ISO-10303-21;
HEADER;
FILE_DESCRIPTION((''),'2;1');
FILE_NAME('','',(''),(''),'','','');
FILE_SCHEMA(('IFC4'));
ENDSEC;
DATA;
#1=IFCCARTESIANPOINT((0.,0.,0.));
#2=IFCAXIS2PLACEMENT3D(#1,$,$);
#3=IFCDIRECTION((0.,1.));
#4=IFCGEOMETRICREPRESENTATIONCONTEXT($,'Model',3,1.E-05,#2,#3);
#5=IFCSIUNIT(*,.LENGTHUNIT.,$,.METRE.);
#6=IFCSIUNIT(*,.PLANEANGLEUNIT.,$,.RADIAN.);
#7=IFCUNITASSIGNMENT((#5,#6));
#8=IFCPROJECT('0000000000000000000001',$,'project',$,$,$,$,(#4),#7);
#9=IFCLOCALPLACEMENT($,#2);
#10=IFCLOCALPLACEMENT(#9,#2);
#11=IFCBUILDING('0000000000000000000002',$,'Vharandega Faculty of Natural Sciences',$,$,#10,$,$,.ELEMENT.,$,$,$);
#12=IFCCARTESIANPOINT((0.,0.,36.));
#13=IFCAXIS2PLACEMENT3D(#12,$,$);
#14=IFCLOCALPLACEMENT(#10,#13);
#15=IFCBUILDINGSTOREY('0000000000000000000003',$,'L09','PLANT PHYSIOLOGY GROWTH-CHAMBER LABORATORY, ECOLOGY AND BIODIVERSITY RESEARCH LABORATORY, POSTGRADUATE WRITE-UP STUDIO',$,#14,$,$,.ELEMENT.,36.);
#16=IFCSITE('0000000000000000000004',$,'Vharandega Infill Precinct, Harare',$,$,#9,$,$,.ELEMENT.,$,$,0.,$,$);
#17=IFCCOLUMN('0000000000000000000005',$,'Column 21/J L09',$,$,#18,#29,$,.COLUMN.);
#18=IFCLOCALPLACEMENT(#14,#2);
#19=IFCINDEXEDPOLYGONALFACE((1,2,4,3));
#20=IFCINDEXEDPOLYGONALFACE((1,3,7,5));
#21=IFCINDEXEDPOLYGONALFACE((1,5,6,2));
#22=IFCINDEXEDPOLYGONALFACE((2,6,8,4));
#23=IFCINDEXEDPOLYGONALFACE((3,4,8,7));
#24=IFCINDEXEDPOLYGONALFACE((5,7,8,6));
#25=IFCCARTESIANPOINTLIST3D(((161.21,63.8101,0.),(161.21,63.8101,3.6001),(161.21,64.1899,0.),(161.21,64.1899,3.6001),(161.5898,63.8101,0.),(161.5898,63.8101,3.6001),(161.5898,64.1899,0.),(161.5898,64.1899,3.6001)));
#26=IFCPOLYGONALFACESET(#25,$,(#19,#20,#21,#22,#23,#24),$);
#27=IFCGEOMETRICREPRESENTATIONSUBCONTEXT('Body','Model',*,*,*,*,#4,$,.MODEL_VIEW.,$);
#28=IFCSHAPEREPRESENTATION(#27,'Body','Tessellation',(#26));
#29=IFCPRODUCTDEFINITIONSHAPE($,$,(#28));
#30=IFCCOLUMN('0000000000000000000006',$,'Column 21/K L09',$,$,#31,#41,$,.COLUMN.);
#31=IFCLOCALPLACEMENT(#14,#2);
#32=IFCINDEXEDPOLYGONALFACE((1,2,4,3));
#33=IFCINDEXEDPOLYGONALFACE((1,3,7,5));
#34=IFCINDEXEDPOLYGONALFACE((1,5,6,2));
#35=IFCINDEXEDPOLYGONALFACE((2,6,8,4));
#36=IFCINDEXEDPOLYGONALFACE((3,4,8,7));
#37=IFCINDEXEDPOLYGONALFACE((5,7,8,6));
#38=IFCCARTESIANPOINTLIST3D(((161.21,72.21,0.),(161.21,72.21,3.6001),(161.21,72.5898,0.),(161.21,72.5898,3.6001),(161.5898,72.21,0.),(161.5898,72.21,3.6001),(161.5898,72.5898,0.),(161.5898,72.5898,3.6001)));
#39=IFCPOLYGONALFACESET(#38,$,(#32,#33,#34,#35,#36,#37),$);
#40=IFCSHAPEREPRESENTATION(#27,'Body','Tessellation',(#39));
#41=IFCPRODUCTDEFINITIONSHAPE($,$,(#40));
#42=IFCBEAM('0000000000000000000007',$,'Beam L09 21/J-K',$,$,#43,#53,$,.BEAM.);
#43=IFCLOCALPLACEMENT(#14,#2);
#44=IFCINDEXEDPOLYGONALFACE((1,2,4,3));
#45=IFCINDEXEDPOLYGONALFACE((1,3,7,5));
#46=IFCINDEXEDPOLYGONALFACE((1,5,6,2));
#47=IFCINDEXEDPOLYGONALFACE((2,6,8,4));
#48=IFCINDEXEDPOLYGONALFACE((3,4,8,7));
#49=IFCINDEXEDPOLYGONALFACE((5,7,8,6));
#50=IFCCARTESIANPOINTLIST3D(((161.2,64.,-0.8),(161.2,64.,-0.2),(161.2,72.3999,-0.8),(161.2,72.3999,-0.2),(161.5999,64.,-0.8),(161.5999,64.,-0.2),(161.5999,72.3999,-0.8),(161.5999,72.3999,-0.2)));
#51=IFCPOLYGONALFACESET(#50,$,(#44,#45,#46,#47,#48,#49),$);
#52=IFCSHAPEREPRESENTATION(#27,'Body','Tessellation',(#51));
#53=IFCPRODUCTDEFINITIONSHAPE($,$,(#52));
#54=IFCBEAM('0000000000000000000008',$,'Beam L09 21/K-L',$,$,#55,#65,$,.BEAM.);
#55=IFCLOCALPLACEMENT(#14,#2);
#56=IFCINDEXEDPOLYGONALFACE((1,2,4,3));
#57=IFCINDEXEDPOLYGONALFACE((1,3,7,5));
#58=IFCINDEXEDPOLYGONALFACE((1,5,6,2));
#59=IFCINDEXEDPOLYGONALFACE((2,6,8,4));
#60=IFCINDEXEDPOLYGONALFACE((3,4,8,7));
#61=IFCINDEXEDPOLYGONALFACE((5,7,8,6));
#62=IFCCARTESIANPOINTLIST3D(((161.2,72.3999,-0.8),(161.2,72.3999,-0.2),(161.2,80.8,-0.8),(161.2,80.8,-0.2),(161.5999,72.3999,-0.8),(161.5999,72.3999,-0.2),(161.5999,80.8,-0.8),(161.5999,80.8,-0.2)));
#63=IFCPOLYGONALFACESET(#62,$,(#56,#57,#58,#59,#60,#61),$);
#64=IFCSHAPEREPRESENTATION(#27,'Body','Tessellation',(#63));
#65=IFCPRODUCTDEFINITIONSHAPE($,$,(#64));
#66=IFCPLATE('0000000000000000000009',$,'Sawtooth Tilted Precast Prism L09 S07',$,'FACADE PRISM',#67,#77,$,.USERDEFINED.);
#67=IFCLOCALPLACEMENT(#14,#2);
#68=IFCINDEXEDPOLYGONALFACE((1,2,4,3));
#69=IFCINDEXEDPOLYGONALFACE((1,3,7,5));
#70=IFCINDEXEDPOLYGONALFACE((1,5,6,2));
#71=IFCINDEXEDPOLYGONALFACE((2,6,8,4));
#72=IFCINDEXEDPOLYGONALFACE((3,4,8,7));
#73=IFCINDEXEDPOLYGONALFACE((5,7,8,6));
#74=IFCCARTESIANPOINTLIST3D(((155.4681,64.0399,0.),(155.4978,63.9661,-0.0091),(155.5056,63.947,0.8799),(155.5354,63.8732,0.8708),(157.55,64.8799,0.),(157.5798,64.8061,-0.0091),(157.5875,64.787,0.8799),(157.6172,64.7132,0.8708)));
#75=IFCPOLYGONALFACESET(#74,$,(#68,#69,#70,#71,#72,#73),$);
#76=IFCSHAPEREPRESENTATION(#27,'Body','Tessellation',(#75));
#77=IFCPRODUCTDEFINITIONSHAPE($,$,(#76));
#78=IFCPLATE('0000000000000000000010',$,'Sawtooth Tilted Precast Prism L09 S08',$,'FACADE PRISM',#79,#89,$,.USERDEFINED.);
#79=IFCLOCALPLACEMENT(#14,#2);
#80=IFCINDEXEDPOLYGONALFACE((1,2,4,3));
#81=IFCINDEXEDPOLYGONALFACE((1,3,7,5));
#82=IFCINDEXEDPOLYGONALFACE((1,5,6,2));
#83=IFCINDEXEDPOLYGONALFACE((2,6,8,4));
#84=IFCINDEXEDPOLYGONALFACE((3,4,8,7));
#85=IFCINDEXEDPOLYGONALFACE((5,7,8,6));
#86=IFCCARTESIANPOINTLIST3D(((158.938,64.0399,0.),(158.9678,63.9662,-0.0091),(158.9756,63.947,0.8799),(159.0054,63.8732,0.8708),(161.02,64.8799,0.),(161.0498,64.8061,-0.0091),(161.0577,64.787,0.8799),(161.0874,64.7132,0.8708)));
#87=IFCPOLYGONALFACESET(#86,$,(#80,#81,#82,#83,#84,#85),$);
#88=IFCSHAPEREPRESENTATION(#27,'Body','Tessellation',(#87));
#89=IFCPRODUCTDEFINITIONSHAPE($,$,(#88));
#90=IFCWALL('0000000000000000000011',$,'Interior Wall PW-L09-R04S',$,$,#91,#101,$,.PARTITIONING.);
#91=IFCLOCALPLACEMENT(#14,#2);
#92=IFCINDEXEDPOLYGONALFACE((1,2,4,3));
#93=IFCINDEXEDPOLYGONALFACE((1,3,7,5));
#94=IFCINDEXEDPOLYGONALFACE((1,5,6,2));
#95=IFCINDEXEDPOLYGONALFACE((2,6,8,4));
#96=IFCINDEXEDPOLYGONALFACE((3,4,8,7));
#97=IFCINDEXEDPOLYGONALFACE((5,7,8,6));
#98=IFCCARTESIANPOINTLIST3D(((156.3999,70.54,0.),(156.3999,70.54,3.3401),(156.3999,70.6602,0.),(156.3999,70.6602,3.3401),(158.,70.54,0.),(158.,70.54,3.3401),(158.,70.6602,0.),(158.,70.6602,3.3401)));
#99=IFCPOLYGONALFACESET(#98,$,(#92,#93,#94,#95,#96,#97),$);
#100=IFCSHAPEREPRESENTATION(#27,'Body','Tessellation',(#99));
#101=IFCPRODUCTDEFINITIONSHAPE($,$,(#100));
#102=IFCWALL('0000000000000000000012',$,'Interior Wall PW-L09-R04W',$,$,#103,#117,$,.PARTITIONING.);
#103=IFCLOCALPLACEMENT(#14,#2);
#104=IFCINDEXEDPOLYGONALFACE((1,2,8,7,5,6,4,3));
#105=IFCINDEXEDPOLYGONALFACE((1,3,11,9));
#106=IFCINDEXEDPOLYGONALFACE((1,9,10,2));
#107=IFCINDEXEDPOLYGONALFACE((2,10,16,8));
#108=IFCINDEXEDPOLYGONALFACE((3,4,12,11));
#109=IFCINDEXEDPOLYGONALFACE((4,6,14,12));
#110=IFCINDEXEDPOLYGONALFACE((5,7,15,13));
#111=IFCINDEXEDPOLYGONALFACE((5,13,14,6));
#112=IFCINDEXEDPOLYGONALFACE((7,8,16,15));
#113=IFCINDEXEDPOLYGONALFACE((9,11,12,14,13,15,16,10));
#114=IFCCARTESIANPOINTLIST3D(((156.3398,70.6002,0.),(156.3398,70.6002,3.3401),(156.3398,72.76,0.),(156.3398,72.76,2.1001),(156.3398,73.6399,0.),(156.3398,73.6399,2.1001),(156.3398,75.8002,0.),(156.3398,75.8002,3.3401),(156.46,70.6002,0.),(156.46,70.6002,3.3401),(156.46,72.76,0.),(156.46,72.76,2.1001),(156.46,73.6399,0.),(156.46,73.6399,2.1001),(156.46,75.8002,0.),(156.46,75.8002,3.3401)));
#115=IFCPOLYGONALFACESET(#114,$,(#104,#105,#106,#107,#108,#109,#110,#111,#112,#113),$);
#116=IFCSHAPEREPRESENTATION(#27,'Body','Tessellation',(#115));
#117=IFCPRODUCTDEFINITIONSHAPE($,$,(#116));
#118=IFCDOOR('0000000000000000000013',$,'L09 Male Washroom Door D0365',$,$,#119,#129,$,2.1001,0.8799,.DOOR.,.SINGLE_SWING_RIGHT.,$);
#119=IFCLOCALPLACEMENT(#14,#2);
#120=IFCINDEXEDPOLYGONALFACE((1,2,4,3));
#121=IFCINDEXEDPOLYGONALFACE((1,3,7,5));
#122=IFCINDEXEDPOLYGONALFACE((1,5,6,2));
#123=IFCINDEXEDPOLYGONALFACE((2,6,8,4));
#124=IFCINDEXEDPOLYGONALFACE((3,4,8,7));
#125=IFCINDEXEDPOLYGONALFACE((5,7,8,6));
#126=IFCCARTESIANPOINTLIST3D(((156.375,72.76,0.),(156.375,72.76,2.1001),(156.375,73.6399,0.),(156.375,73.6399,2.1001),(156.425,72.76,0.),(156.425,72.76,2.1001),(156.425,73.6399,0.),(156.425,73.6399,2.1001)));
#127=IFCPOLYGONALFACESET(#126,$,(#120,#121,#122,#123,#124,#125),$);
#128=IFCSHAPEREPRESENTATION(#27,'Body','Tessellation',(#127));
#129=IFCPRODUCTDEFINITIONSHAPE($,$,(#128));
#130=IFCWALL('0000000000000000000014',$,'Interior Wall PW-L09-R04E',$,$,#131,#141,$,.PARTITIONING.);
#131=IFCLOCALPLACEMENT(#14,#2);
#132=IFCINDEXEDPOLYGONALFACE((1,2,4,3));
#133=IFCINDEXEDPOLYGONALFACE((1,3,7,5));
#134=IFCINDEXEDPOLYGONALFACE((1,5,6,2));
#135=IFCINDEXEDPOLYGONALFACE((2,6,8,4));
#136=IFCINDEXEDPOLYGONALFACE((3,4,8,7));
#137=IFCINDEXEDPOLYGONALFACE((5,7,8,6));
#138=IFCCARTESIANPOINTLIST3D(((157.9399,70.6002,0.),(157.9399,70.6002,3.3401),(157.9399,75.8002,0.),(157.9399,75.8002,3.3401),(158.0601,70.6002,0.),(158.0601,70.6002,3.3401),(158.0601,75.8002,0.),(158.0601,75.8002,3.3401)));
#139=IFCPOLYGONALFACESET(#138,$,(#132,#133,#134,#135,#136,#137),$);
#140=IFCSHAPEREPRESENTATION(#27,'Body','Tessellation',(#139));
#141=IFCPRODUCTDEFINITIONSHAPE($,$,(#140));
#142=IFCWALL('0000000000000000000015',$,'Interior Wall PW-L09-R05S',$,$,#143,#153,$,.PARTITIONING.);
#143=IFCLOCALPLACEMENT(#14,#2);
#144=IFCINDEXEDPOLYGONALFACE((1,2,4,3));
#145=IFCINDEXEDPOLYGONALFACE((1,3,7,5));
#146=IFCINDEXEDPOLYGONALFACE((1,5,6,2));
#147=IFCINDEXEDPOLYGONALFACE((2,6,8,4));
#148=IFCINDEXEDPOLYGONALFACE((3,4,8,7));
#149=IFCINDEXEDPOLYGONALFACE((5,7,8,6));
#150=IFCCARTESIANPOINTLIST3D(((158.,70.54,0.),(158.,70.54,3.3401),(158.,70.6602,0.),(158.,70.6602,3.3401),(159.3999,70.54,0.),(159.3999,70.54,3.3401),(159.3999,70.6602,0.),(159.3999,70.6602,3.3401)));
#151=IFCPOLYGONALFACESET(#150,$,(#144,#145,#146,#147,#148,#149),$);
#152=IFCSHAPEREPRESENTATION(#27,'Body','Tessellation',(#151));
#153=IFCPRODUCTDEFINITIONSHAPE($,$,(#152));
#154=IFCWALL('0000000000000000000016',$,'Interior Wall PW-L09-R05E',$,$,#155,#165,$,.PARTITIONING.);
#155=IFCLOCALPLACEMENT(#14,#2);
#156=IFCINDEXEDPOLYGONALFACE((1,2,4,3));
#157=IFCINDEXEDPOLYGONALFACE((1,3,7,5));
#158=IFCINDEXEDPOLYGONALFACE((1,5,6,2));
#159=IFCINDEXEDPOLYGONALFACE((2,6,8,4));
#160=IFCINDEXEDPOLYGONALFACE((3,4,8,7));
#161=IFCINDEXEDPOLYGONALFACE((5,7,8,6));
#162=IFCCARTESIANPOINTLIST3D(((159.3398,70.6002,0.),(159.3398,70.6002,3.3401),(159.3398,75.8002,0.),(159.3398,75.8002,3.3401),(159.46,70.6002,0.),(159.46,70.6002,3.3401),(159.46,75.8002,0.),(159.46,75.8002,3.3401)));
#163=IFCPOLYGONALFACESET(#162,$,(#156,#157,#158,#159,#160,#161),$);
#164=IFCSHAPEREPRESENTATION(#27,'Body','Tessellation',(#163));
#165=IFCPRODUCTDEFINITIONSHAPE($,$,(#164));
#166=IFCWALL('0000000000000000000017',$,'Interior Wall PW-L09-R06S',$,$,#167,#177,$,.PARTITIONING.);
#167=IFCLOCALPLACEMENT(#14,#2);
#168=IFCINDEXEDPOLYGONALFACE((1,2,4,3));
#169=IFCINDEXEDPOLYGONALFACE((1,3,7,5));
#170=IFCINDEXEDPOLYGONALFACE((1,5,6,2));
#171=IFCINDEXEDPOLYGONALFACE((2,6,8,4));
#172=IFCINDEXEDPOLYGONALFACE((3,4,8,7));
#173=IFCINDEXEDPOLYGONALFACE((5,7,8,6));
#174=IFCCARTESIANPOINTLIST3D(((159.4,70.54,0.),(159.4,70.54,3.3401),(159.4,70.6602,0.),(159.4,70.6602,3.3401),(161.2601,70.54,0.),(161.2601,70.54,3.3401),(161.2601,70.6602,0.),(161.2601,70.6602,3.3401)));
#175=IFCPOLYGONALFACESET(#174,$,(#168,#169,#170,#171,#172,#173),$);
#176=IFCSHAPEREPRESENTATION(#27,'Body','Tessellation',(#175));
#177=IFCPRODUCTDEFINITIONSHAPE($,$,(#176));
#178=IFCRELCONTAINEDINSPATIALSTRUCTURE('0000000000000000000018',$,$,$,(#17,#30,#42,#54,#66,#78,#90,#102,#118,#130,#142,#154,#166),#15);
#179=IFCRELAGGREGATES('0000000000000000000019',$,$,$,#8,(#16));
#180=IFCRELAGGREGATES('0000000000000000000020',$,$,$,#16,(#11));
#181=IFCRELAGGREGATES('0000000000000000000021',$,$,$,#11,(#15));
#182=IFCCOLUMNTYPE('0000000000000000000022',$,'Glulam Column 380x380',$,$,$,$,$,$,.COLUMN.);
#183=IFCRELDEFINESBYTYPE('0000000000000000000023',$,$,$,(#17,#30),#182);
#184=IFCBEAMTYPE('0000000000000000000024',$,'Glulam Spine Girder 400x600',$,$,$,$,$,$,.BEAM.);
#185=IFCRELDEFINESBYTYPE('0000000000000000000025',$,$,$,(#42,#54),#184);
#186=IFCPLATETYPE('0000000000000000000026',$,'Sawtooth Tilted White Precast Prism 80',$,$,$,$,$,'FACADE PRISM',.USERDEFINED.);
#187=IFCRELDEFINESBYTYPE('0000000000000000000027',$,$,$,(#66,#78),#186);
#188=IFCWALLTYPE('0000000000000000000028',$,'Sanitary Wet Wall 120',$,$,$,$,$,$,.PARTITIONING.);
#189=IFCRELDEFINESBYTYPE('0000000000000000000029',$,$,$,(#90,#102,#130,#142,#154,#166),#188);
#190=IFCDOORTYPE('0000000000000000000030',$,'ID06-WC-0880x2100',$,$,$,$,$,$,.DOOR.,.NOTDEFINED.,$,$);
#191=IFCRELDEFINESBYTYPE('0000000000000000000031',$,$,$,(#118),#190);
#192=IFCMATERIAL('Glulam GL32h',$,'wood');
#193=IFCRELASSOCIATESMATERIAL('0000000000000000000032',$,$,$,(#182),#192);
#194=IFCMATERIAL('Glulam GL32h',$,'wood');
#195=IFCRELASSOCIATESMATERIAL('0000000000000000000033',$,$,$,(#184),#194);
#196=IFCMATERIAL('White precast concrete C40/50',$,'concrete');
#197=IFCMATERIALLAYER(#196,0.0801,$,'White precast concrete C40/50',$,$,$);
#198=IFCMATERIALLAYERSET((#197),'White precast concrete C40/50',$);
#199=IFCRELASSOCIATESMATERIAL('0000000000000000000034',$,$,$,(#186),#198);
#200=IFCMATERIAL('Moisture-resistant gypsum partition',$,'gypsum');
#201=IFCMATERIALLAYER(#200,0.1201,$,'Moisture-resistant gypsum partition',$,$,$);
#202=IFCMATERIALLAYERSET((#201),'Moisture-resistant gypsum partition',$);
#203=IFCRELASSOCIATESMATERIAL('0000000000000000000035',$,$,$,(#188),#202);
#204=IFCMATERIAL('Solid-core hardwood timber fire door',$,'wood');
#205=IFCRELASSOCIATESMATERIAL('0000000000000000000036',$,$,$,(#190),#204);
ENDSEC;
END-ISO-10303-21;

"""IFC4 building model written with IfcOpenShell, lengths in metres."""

from ifc_helpers import new_model, si_unit, direction, frame, frame_2d, origin, origin_2d, place, context, subcontext, project, spatial, polyline, rectangle, outline, extrude, material, layer, layer_set, material_profile, profile_set, type_object, element, fill, save


model = new_model("IFC4")

# Units and contexts
model_context = context("Model", 3, precision=1e-05, world=origin(), true_north=direction((0.0, 1.0)))
body_context = subcontext(model_context, "Body", "Model", "MODEL_VIEW")
ifc_project = project(units=[si_unit("LENGTHUNIT", "METRE"), si_unit("PLANEANGLEUNIT", "RADIAN")], contexts=[model_context])

# Site, building, storey
site_placement = place(None, origin())
site = spatial("IfcSite", under=ifc_project, at=site_placement, Name="Vharandega Infill Precinct, Harare", CompositionType="ELEMENT", RefElevation=0.0)
building_placement = place(site_placement, origin())
building = spatial("IfcBuilding", under=site, at=building_placement, Name="Vharandega Faculty of Natural Sciences", CompositionType="ELEMENT")
storey_placement = place(building_placement, frame((0.0, 0.0, 36.0)))
storey = spatial("IfcBuildingStorey", under=building, at=storey_placement, Name="L09", Description="PLANT PHYSIOLOGY GROWTH-CHAMBER LABORATORY, ECOLOGY AND BIODIVERSITY RESEARCH LABORATORY, POSTGRADUATE WRITE-UP STUDIO", CompositionType="ELEMENT", Elevation=36.0)

# Columns
ifc_material_1 = material(Name="Glulam GL32h", Category="wood")
ifc_material_profile_1 = material_profile(ifc_material_1, rectangle(XDim=0.3799, YDim=0.3799, at=origin_2d()), Name="GL32h 380x380")
ifc_profile_set_1 = profile_set([ifc_material_profile_1], Name="Glulam GL32h")
column_type = type_object("IfcColumnType", Name="Glulam Column 380x380", PredefinedType="COLUMN", material=ifc_profile_set_1)
for number, where, z_axis, x_axis, name in (
    (1, (161.3999, 64.0, 0.0), (0.0, 0.0, 1.0), (1.0, 0.0, 0.0), "Column 21/J L09"),
    (2, (161.3999, 72.3999, 0.0), (0.0, 0.0, 1.0), (1.0, 0.0, 0.0), "Column 21/K L09"),
):
    element("IfcColumn", number, at=place(storey_placement, frame(where, z_axis=z_axis, x_axis=x_axis)), inside=storey, type_object=column_type, Name=name, PredefinedType="COLUMN", context=body_context, shape_type="SweptSolid", body=[
        extrude(rectangle(XDim=0.3799, YDim=0.3799, at=origin_2d()), origin(), (0.0, 0.0, 1.0), 3.6001),
    ])

# Beams
ifc_material_2 = material(Name="Glulam GL32h", Category="wood")
ifc_material_profile_2 = material_profile(ifc_material_2, rectangle(XDim=0.3999, YDim=0.6001, at=origin_2d()), Name="GL32h 400x600")
ifc_profile_set_2 = profile_set([ifc_material_profile_2], Name="Glulam GL32h")
beam_type = type_object("IfcBeamType", Name="Glulam Spine Girder 400x600", PredefinedType="BEAM", material=ifc_profile_set_2)
beam_1_placement = place(storey_placement, frame((161.3999, 64.0, -0.5), z_axis=(0.0, 1.0, 0.0), x_axis=(-1.0, 0.0, 0.0)))
element("IfcBeam", 3, at=beam_1_placement, inside=storey, type_object=beam_type, Name="Beam L09 21/J-K", PredefinedType="BEAM", context=body_context, shape_type="SweptSolid", body=[
    extrude(rectangle(XDim=0.3999, YDim=0.6001, at=origin_2d()), origin(), (0.0, 0.0, 1.0), 8.3999),
])
beam_2_placement = place(storey_placement, frame((161.3999, 72.3999, -0.5), z_axis=(0.0, 1.0, 0.0), x_axis=(-1.0, 0.0, 0.0)))
element("IfcBeam", 4, at=beam_2_placement, inside=storey, type_object=beam_type, Name="Beam L09 21/K-L", PredefinedType="BEAM", context=body_context, shape_type="SweptSolid", body=[
    extrude(rectangle(XDim=0.3999, YDim=0.6001, at=origin_2d()), origin(), (0.0, 0.0, 1.0), 8.4001),
])

# Plates
ifc_material_3 = material(Name="White precast concrete C40/50", Category="concrete")
ifc_layer_1 = layer(ifc_material_3, 0.0801, Name="White precast concrete C40/50")
ifc_layer_set_1 = layer_set([ifc_layer_1], Name="White precast concrete C40/50")
plate_type = type_object("IfcPlateType", Name="Sawtooth Tilted White Precast Prism 80", ElementType="FACADE PRISM", PredefinedType="USERDEFINED", material=ifc_layer_set_1)
plate_1_placement = place(storey_placement, frame((157.55, 64.8799, 0.0), z_axis=(-0.371753, 0.921415, 0.113114), x_axis=(0.042247, -0.104928, 0.993582)))
element("IfcPlate", 5, at=plate_1_placement, inside=storey, type_object=plate_type, Name="Sawtooth Tilted Precast Prism L09 S07", ObjectType="FACADE PRISM", PredefinedType="USERDEFINED", context=body_context, shape_type="SweptSolid", body=[
    extrude(outline(polyline([(0.0, 0.0), (0.8855, 0.0), (0.8857, -2.2449), (0.0002, -2.245), (0.0, 0.0)])), origin(), (0.0, 0.0, -1.0), 0.0801),
])
plate_2_placement = place(storey_placement, frame((161.02, 64.8799, 0.0), z_axis=(-0.371732, 0.921417, 0.113165), x_axis=(0.042504, -0.10488, 0.993576)))
element("IfcPlate", 6, at=plate_2_placement, inside=storey, type_object=plate_type, Name="Sawtooth Tilted Precast Prism L09 S08", ObjectType="FACADE PRISM", PredefinedType="USERDEFINED", context=body_context, shape_type="SweptSolid", body=[
    extrude(outline(polyline([(0.0, 0.0), (0.8856, 0.0), (0.8852, -2.2451), (-0.0004, -2.245), (0.0, 0.0)])), origin(), (0.0, 0.0, -1.0), 0.0801),
])

# Wall
ifc_material_4 = material(Name="Moisture-resistant gypsum partition", Category="gypsum")
ifc_layer_2 = layer(ifc_material_4, 0.1201, Name="Moisture-resistant gypsum partition")
ifc_layer_set_2 = layer_set([ifc_layer_2], Name="Moisture-resistant gypsum partition")
wall_type_1 = type_object("IfcWallType", Name="Sanitary Wet Wall 120", PredefinedType="PARTITIONING", material=ifc_layer_set_2)
wall_1_placement = place(storey_placement, frame((156.3999, 70.6001, 0.0), z_axis=(0.0, 0.0, 1.0), x_axis=(1.0, 0.0, 0.0)))
element("IfcWall", 7, at=wall_1_placement, inside=storey, type_object=wall_type_1, Name="Interior Wall PW-L09-R04S", PredefinedType="PARTITIONING", context=body_context, shape_type="SweptSolid", body=[
    extrude(rectangle(XDim=1.6001, YDim=0.1201, at=frame_2d((0.8, 0.0))), origin(), (0.0, 0.0, 1.0), 3.3401),
])

# Wall, opening, door
wall_2_placement = place(storey_placement, frame((156.3999, 70.6001, 0.0), z_axis=(0.0, 0.0, 1.0), x_axis=(0.0, 1.0, 0.0)))
wall_2 = element("IfcWall", 8, at=wall_2_placement, inside=storey, type_object=wall_type_1, Name="Interior Wall PW-L09-R04W", PredefinedType="PARTITIONING", context=body_context, shape_type="SweptSolid", body=[
    extrude(rectangle(XDim=5.2, YDim=0.1201, at=frame_2d((2.6001, 0.0))), origin(), (0.0, 0.0, 1.0), 3.3401),
])
opening_1_placement = place(wall_2_placement, frame((2.1599, 0.0, 0.0)))
opening_1 = element("IfcOpeningElement", 9, at=opening_1_placement, cuts=wall_2, PredefinedType="OPENING", context=body_context, shape_type="SweptSolid", body=[
    extrude(rectangle(XDim=0.8799, YDim=2.1001, at=frame_2d((0.4399, 1.05))), frame((0.0, 0.0701, 0.0), z_axis=(0.0, -1.0, 0.0), x_axis=(1.0, 0.0, 0.0)), (0.0, 0.0, 1.0), 0.1401),
])
ifc_material_5 = material(Name="Solid-core hardwood timber fire door", Category="wood")
door_type = type_object("IfcDoorType", Name="ID06-WC-0880x2100", OperationType="NOTDEFINED", PredefinedType="DOOR", material=ifc_material_5)
door_placement = place(opening_1_placement, origin())
door = element("IfcDoor", 10, at=door_placement, inside=storey, type_object=door_type, Name="L09 Male Washroom Door D0365", OperationType="SINGLE_SWING_RIGHT", OverallHeight=2.1001, OverallWidth=0.8799, PredefinedType="DOOR", context=body_context, shape_type="SweptSolid", body=[
    extrude(rectangle(XDim=0.8799, YDim=2.1001, at=frame_2d((0.4399, 1.05))), frame((0.0, 0.0249, 0.0), z_axis=(0.0, -1.0, 0.0), x_axis=(1.0, 0.0, 0.0)), (0.0, 0.0, 1.0), 0.05),
])
fill(opening_1, door)

# Walls
wall_3_placement = place(storey_placement, frame((158.0, 70.6001, 0.0), z_axis=(0.0, 0.0, 1.0), x_axis=(0.0, 1.0, 0.0)))
element("IfcWall", 11, at=wall_3_placement, inside=storey, type_object=wall_type_1, Name="Interior Wall PW-L09-R04E", PredefinedType="PARTITIONING", context=body_context, shape_type="SweptSolid", body=[
    extrude(rectangle(XDim=5.2, YDim=0.1201, at=frame_2d((2.6001, 0.0))), origin(), (0.0, 0.0, 1.0), 3.3401),
])
wall_4_placement = place(storey_placement, frame((158.0, 70.6001, 0.0), z_axis=(0.0, 0.0, 1.0), x_axis=(1.0, 0.0, 0.0)))
element("IfcWall", 12, at=wall_4_placement, inside=storey, type_object=wall_type_1, Name="Interior Wall PW-L09-R05S", PredefinedType="PARTITIONING", context=body_context, shape_type="SweptSolid", body=[
    extrude(rectangle(XDim=1.3999, YDim=0.1201, at=frame_2d((0.7, 0.0))), origin(), (0.0, 0.0, 1.0), 3.3401),
])
wall_5_placement = place(storey_placement, frame((159.3999, 70.6001, 0.0), z_axis=(0.0, 0.0, 1.0), x_axis=(0.0, 1.0, 0.0)))
element("IfcWall", 13, at=wall_5_placement, inside=storey, type_object=wall_type_1, Name="Interior Wall PW-L09-R05E", PredefinedType="PARTITIONING", context=body_context, shape_type="SweptSolid", body=[
    extrude(rectangle(XDim=5.2, YDim=0.1201, at=frame_2d((2.6001, 0.0))), origin(), (0.0, 0.0, 1.0), 3.3401),
])
wall_6_placement = place(storey_placement, frame((159.3999, 70.6001, 0.0), z_axis=(0.0, 0.0, 1.0), x_axis=(1.0, 0.0, 0.0)))
element("IfcWall", 14, at=wall_6_placement, inside=storey, type_object=wall_type_1, Name="Interior Wall PW-L09-R06S", PredefinedType="PARTITIONING", context=body_context, shape_type="SweptSolid", body=[
    extrude(rectangle(XDim=1.8601, YDim=0.1201, at=frame_2d((0.9302, 0.0))), origin(), (0.0, 0.0, 1.0), 3.3401),
])

save(model, "model.ifc")
